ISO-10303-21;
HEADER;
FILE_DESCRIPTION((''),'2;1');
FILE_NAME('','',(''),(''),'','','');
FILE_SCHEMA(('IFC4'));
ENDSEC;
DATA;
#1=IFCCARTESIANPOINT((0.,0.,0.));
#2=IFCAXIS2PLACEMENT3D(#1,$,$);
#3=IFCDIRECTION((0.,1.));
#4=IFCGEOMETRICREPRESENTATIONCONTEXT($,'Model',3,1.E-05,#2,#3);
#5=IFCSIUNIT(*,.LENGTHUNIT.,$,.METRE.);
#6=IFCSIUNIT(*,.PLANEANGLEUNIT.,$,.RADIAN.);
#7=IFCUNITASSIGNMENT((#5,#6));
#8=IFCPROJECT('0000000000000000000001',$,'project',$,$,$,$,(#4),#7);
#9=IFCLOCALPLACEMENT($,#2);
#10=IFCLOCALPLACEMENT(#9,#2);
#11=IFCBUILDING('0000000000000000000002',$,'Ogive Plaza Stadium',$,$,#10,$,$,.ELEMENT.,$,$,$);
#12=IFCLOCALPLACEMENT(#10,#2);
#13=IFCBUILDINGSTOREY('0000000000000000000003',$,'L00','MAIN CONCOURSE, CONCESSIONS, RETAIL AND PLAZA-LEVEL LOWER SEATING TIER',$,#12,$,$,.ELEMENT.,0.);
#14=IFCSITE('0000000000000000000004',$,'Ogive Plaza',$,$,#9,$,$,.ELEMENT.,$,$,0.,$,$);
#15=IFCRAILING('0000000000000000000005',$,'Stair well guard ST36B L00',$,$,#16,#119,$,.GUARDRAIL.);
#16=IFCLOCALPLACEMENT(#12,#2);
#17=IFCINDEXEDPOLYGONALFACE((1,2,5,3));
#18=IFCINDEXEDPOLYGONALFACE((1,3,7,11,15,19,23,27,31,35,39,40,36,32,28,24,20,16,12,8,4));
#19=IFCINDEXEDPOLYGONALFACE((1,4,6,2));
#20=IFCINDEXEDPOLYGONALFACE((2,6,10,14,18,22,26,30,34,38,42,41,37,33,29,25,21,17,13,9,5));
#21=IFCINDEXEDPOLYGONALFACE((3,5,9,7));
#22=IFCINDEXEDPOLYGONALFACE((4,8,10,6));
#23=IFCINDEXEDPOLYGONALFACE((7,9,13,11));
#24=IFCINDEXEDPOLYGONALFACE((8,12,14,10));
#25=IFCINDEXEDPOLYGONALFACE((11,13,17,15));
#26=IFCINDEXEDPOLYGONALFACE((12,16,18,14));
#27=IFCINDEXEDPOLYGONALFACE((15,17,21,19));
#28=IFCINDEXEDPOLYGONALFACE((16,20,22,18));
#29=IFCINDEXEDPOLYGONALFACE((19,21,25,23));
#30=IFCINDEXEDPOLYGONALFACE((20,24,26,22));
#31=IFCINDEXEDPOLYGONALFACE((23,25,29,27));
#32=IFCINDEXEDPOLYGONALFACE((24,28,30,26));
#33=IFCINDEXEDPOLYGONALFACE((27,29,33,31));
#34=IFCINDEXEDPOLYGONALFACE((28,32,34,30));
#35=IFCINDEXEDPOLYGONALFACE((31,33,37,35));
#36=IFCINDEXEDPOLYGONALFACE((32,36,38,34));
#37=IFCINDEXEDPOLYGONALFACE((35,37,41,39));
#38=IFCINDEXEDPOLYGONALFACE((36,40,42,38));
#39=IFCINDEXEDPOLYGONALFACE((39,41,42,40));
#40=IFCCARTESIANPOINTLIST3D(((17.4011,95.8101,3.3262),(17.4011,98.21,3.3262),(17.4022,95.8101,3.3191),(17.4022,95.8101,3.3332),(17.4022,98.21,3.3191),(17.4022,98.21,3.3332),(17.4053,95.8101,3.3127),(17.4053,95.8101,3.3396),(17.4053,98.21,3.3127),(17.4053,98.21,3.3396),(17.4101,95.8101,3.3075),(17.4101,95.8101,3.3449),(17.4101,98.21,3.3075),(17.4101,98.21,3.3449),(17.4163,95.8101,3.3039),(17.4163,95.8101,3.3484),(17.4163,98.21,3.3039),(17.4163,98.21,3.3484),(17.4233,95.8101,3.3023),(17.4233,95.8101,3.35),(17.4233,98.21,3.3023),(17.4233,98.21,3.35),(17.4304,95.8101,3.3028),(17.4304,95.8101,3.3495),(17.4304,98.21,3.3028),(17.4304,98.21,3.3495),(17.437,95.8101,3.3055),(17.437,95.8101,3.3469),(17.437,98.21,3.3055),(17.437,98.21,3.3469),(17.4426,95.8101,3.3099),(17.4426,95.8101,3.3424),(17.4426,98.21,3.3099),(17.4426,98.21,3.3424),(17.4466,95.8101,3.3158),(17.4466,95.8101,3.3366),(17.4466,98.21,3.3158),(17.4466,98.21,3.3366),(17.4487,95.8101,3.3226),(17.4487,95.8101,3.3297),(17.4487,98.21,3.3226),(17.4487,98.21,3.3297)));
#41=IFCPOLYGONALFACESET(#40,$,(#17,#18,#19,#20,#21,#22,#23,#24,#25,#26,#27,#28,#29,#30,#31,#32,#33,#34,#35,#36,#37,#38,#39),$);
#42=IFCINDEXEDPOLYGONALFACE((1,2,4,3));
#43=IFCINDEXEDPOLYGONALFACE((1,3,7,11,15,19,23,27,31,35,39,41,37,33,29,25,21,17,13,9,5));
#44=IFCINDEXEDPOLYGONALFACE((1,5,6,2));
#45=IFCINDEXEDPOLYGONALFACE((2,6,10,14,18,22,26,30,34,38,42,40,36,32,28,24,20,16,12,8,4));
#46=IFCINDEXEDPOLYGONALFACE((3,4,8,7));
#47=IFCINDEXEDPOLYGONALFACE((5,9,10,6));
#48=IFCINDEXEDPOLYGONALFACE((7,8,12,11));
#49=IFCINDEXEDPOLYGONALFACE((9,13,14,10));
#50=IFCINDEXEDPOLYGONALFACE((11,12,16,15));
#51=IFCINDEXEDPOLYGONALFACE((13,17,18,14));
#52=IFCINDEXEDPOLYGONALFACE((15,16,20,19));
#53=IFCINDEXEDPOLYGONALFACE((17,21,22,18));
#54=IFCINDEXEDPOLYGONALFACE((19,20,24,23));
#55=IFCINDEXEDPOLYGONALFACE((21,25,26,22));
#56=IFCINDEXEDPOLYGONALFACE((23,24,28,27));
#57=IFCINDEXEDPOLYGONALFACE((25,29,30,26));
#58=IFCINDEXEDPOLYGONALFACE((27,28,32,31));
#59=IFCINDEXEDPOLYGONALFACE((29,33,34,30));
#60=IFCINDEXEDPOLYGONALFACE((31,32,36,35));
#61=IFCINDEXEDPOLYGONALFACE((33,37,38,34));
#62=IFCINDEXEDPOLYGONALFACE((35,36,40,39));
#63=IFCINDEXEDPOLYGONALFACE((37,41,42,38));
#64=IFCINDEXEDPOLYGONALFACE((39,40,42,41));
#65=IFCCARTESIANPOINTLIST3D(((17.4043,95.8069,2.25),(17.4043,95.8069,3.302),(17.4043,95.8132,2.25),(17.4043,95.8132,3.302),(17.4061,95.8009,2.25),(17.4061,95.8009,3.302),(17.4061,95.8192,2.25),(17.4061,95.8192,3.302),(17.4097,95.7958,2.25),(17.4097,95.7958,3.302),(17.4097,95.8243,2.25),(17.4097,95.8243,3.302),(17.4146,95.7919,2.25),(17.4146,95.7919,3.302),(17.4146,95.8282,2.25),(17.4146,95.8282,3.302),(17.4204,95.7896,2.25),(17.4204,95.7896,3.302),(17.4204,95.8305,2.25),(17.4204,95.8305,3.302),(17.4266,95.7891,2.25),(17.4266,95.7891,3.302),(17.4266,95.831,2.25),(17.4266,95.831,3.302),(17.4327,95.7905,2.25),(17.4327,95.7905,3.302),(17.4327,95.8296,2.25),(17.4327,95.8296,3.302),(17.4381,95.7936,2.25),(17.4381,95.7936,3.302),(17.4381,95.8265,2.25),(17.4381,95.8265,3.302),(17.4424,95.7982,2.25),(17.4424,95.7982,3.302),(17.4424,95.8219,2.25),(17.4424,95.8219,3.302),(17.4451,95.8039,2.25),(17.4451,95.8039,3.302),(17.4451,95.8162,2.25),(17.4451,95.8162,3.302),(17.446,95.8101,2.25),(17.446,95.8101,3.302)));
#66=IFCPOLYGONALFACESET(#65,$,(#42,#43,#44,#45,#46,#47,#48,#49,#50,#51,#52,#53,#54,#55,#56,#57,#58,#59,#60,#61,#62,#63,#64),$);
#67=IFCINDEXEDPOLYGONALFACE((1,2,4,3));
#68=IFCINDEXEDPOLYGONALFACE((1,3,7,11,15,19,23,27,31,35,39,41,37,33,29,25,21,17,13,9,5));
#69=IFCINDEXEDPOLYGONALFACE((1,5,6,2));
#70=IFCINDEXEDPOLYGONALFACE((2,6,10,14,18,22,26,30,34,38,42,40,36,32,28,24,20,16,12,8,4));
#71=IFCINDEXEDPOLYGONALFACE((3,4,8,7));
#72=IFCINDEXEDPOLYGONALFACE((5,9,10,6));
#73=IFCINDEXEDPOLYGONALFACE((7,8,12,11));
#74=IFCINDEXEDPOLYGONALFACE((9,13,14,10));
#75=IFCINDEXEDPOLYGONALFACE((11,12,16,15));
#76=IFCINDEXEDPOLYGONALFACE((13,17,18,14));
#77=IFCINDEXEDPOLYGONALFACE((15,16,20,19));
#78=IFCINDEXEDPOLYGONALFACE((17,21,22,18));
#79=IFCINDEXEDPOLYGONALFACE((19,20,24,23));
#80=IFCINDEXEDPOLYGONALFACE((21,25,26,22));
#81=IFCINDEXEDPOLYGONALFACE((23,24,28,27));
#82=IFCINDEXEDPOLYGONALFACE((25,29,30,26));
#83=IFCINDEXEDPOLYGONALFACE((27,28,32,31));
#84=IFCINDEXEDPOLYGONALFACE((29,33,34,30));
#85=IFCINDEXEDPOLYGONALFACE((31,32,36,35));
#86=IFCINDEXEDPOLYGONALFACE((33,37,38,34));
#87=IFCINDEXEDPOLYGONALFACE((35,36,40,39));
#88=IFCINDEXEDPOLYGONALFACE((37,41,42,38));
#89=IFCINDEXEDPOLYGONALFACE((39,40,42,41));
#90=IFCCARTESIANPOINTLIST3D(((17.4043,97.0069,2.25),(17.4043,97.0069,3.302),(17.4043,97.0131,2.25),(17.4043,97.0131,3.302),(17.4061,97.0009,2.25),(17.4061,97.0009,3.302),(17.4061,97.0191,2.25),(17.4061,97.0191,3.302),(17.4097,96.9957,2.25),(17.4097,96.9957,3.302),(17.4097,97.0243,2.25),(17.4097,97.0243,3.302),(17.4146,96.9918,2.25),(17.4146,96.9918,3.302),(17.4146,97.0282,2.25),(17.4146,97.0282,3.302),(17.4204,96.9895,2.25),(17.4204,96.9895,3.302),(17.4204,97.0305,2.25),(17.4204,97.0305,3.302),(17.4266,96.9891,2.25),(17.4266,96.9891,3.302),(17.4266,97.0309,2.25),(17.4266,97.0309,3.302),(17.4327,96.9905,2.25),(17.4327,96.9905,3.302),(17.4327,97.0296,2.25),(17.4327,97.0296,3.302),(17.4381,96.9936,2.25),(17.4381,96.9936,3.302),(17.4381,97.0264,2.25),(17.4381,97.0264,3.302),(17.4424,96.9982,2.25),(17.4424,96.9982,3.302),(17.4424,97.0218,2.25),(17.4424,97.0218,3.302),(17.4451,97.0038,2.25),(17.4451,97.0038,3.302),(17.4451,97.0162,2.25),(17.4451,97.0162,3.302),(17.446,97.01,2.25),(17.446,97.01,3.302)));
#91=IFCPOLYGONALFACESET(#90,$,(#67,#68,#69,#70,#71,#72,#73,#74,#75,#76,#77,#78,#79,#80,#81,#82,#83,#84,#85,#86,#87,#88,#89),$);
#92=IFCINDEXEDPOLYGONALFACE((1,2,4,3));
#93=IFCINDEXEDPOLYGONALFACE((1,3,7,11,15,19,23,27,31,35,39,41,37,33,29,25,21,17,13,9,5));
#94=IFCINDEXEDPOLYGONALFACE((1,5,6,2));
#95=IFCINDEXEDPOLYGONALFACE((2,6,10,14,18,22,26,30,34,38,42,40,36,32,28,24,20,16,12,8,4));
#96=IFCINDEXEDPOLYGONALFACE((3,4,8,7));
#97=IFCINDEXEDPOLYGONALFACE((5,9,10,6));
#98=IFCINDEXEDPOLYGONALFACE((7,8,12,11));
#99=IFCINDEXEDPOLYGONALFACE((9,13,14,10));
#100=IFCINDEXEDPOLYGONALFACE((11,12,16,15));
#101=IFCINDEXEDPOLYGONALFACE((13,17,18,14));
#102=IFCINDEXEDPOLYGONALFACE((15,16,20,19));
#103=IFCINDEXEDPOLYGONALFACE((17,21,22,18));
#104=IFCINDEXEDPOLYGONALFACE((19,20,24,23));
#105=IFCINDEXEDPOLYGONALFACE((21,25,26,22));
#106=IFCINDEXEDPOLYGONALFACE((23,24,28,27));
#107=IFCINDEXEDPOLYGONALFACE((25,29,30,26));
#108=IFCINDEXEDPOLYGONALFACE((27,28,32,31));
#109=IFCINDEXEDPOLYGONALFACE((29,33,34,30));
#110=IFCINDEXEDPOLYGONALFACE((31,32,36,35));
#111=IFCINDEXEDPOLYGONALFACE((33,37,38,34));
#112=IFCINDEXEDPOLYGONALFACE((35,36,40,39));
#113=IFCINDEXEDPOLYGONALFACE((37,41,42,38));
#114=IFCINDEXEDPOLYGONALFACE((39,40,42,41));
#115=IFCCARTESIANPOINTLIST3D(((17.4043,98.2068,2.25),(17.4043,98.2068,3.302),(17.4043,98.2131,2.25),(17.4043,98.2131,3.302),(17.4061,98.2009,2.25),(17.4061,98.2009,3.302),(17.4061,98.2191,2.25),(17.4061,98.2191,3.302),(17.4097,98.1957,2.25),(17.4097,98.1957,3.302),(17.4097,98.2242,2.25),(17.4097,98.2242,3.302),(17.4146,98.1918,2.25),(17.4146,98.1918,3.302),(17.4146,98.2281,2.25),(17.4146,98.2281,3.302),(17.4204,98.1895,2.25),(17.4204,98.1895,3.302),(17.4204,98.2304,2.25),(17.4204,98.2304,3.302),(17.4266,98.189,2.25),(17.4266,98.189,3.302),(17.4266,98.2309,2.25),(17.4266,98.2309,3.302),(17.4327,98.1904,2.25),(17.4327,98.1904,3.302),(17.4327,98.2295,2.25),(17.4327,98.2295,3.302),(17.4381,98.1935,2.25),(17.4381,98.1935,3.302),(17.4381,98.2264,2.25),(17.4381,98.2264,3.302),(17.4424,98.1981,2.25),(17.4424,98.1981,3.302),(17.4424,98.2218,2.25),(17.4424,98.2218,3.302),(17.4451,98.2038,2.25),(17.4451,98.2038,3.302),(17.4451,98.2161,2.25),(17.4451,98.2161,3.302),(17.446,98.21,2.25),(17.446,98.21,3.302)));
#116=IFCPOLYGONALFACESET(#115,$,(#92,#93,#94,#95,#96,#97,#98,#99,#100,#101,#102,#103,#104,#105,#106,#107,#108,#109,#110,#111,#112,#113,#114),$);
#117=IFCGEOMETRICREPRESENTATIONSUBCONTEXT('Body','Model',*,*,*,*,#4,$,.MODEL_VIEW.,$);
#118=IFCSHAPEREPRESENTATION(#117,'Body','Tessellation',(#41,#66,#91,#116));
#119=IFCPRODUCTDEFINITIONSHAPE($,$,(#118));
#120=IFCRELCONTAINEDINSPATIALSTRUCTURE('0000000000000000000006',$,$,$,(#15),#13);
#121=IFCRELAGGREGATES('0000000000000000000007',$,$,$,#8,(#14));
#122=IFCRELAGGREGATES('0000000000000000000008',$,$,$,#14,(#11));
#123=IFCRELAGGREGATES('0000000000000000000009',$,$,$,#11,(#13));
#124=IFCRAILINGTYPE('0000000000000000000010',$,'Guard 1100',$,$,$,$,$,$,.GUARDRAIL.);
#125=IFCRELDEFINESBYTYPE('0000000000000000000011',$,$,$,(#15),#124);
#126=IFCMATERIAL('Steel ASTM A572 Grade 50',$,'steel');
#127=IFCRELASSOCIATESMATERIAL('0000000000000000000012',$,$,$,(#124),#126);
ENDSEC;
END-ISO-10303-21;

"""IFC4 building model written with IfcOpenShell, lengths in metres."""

from ifc_helpers import new_model, si_unit, direction, frame, origin, origin_2d, place, context, subcontext, project, spatial, circle, extrude, material, type_object, element, save


model = new_model("IFC4")

# Units and contexts
model_context = context("Model", 3, precision=1e-05, world=origin(), true_north=direction((0.0, 1.0)))
body_context = subcontext(model_context, "Body", "Model", "MODEL_VIEW")
ifc_project = project(units=[si_unit("LENGTHUNIT", "METRE"), si_unit("PLANEANGLEUNIT", "RADIAN")], contexts=[model_context])

# Site, building, storey
site_placement = place(None, origin())
site = spatial("IfcSite", under=ifc_project, at=site_placement, Name="Ogive Plaza", CompositionType="ELEMENT", RefElevation=0.0)
building_placement = place(site_placement, origin())
building = spatial("IfcBuilding", under=site, at=building_placement, Name="Ogive Plaza Stadium", CompositionType="ELEMENT")
storey_placement = place(building_placement, origin())
storey = spatial("IfcBuildingStorey", under=building, at=storey_placement, Name="L00", Description="MAIN CONCOURSE, CONCESSIONS, RETAIL AND PLAZA-LEVEL LOWER SEATING TIER", CompositionType="ELEMENT", Elevation=0.0)

# Railing
ifc_material_1 = material(Name="Steel ASTM A572 Grade 50", Category="steel")
railing_type_1 = type_object("IfcRailingType", Name="Guard 1100", PredefinedType="GUARDRAIL", material=ifc_material_1)
for number, where, name in (
    (1, (17.425, 95.8101, 2.25), "Stair well guard ST36B L00"),
):
    element("IfcRailing", number, at=place(storey_placement, frame(where)), inside=storey, type_object=railing_type_1, Name=name, PredefinedType="GUARDRAIL", context=body_context, shape_type="SweptSolid", body=[
        extrude(circle(Radius=0.0239, at=origin_2d()), frame((0.0, 0.0, 1.0762), z_axis=(0.0, 1.0, 0.0), x_axis=(-1.0, 0.0, 0.0)), (0.0, 0.0, 1.0), 2.3999),
        extrude(circle(Radius=0.021, at=origin_2d()), origin(), (0.0, 0.0, 1.0), 1.052),
        extrude(circle(Radius=0.021, at=origin_2d()), frame((0.0, 1.2, 0.0)), (0.0, 0.0, 1.0), 1.052),
        extrude(circle(Radius=0.021, at=origin_2d()), frame((0.0, 2.3999, 0.0)), (0.0, 0.0, 1.0), 1.052),
    ])

save(model, "model.ifc")
